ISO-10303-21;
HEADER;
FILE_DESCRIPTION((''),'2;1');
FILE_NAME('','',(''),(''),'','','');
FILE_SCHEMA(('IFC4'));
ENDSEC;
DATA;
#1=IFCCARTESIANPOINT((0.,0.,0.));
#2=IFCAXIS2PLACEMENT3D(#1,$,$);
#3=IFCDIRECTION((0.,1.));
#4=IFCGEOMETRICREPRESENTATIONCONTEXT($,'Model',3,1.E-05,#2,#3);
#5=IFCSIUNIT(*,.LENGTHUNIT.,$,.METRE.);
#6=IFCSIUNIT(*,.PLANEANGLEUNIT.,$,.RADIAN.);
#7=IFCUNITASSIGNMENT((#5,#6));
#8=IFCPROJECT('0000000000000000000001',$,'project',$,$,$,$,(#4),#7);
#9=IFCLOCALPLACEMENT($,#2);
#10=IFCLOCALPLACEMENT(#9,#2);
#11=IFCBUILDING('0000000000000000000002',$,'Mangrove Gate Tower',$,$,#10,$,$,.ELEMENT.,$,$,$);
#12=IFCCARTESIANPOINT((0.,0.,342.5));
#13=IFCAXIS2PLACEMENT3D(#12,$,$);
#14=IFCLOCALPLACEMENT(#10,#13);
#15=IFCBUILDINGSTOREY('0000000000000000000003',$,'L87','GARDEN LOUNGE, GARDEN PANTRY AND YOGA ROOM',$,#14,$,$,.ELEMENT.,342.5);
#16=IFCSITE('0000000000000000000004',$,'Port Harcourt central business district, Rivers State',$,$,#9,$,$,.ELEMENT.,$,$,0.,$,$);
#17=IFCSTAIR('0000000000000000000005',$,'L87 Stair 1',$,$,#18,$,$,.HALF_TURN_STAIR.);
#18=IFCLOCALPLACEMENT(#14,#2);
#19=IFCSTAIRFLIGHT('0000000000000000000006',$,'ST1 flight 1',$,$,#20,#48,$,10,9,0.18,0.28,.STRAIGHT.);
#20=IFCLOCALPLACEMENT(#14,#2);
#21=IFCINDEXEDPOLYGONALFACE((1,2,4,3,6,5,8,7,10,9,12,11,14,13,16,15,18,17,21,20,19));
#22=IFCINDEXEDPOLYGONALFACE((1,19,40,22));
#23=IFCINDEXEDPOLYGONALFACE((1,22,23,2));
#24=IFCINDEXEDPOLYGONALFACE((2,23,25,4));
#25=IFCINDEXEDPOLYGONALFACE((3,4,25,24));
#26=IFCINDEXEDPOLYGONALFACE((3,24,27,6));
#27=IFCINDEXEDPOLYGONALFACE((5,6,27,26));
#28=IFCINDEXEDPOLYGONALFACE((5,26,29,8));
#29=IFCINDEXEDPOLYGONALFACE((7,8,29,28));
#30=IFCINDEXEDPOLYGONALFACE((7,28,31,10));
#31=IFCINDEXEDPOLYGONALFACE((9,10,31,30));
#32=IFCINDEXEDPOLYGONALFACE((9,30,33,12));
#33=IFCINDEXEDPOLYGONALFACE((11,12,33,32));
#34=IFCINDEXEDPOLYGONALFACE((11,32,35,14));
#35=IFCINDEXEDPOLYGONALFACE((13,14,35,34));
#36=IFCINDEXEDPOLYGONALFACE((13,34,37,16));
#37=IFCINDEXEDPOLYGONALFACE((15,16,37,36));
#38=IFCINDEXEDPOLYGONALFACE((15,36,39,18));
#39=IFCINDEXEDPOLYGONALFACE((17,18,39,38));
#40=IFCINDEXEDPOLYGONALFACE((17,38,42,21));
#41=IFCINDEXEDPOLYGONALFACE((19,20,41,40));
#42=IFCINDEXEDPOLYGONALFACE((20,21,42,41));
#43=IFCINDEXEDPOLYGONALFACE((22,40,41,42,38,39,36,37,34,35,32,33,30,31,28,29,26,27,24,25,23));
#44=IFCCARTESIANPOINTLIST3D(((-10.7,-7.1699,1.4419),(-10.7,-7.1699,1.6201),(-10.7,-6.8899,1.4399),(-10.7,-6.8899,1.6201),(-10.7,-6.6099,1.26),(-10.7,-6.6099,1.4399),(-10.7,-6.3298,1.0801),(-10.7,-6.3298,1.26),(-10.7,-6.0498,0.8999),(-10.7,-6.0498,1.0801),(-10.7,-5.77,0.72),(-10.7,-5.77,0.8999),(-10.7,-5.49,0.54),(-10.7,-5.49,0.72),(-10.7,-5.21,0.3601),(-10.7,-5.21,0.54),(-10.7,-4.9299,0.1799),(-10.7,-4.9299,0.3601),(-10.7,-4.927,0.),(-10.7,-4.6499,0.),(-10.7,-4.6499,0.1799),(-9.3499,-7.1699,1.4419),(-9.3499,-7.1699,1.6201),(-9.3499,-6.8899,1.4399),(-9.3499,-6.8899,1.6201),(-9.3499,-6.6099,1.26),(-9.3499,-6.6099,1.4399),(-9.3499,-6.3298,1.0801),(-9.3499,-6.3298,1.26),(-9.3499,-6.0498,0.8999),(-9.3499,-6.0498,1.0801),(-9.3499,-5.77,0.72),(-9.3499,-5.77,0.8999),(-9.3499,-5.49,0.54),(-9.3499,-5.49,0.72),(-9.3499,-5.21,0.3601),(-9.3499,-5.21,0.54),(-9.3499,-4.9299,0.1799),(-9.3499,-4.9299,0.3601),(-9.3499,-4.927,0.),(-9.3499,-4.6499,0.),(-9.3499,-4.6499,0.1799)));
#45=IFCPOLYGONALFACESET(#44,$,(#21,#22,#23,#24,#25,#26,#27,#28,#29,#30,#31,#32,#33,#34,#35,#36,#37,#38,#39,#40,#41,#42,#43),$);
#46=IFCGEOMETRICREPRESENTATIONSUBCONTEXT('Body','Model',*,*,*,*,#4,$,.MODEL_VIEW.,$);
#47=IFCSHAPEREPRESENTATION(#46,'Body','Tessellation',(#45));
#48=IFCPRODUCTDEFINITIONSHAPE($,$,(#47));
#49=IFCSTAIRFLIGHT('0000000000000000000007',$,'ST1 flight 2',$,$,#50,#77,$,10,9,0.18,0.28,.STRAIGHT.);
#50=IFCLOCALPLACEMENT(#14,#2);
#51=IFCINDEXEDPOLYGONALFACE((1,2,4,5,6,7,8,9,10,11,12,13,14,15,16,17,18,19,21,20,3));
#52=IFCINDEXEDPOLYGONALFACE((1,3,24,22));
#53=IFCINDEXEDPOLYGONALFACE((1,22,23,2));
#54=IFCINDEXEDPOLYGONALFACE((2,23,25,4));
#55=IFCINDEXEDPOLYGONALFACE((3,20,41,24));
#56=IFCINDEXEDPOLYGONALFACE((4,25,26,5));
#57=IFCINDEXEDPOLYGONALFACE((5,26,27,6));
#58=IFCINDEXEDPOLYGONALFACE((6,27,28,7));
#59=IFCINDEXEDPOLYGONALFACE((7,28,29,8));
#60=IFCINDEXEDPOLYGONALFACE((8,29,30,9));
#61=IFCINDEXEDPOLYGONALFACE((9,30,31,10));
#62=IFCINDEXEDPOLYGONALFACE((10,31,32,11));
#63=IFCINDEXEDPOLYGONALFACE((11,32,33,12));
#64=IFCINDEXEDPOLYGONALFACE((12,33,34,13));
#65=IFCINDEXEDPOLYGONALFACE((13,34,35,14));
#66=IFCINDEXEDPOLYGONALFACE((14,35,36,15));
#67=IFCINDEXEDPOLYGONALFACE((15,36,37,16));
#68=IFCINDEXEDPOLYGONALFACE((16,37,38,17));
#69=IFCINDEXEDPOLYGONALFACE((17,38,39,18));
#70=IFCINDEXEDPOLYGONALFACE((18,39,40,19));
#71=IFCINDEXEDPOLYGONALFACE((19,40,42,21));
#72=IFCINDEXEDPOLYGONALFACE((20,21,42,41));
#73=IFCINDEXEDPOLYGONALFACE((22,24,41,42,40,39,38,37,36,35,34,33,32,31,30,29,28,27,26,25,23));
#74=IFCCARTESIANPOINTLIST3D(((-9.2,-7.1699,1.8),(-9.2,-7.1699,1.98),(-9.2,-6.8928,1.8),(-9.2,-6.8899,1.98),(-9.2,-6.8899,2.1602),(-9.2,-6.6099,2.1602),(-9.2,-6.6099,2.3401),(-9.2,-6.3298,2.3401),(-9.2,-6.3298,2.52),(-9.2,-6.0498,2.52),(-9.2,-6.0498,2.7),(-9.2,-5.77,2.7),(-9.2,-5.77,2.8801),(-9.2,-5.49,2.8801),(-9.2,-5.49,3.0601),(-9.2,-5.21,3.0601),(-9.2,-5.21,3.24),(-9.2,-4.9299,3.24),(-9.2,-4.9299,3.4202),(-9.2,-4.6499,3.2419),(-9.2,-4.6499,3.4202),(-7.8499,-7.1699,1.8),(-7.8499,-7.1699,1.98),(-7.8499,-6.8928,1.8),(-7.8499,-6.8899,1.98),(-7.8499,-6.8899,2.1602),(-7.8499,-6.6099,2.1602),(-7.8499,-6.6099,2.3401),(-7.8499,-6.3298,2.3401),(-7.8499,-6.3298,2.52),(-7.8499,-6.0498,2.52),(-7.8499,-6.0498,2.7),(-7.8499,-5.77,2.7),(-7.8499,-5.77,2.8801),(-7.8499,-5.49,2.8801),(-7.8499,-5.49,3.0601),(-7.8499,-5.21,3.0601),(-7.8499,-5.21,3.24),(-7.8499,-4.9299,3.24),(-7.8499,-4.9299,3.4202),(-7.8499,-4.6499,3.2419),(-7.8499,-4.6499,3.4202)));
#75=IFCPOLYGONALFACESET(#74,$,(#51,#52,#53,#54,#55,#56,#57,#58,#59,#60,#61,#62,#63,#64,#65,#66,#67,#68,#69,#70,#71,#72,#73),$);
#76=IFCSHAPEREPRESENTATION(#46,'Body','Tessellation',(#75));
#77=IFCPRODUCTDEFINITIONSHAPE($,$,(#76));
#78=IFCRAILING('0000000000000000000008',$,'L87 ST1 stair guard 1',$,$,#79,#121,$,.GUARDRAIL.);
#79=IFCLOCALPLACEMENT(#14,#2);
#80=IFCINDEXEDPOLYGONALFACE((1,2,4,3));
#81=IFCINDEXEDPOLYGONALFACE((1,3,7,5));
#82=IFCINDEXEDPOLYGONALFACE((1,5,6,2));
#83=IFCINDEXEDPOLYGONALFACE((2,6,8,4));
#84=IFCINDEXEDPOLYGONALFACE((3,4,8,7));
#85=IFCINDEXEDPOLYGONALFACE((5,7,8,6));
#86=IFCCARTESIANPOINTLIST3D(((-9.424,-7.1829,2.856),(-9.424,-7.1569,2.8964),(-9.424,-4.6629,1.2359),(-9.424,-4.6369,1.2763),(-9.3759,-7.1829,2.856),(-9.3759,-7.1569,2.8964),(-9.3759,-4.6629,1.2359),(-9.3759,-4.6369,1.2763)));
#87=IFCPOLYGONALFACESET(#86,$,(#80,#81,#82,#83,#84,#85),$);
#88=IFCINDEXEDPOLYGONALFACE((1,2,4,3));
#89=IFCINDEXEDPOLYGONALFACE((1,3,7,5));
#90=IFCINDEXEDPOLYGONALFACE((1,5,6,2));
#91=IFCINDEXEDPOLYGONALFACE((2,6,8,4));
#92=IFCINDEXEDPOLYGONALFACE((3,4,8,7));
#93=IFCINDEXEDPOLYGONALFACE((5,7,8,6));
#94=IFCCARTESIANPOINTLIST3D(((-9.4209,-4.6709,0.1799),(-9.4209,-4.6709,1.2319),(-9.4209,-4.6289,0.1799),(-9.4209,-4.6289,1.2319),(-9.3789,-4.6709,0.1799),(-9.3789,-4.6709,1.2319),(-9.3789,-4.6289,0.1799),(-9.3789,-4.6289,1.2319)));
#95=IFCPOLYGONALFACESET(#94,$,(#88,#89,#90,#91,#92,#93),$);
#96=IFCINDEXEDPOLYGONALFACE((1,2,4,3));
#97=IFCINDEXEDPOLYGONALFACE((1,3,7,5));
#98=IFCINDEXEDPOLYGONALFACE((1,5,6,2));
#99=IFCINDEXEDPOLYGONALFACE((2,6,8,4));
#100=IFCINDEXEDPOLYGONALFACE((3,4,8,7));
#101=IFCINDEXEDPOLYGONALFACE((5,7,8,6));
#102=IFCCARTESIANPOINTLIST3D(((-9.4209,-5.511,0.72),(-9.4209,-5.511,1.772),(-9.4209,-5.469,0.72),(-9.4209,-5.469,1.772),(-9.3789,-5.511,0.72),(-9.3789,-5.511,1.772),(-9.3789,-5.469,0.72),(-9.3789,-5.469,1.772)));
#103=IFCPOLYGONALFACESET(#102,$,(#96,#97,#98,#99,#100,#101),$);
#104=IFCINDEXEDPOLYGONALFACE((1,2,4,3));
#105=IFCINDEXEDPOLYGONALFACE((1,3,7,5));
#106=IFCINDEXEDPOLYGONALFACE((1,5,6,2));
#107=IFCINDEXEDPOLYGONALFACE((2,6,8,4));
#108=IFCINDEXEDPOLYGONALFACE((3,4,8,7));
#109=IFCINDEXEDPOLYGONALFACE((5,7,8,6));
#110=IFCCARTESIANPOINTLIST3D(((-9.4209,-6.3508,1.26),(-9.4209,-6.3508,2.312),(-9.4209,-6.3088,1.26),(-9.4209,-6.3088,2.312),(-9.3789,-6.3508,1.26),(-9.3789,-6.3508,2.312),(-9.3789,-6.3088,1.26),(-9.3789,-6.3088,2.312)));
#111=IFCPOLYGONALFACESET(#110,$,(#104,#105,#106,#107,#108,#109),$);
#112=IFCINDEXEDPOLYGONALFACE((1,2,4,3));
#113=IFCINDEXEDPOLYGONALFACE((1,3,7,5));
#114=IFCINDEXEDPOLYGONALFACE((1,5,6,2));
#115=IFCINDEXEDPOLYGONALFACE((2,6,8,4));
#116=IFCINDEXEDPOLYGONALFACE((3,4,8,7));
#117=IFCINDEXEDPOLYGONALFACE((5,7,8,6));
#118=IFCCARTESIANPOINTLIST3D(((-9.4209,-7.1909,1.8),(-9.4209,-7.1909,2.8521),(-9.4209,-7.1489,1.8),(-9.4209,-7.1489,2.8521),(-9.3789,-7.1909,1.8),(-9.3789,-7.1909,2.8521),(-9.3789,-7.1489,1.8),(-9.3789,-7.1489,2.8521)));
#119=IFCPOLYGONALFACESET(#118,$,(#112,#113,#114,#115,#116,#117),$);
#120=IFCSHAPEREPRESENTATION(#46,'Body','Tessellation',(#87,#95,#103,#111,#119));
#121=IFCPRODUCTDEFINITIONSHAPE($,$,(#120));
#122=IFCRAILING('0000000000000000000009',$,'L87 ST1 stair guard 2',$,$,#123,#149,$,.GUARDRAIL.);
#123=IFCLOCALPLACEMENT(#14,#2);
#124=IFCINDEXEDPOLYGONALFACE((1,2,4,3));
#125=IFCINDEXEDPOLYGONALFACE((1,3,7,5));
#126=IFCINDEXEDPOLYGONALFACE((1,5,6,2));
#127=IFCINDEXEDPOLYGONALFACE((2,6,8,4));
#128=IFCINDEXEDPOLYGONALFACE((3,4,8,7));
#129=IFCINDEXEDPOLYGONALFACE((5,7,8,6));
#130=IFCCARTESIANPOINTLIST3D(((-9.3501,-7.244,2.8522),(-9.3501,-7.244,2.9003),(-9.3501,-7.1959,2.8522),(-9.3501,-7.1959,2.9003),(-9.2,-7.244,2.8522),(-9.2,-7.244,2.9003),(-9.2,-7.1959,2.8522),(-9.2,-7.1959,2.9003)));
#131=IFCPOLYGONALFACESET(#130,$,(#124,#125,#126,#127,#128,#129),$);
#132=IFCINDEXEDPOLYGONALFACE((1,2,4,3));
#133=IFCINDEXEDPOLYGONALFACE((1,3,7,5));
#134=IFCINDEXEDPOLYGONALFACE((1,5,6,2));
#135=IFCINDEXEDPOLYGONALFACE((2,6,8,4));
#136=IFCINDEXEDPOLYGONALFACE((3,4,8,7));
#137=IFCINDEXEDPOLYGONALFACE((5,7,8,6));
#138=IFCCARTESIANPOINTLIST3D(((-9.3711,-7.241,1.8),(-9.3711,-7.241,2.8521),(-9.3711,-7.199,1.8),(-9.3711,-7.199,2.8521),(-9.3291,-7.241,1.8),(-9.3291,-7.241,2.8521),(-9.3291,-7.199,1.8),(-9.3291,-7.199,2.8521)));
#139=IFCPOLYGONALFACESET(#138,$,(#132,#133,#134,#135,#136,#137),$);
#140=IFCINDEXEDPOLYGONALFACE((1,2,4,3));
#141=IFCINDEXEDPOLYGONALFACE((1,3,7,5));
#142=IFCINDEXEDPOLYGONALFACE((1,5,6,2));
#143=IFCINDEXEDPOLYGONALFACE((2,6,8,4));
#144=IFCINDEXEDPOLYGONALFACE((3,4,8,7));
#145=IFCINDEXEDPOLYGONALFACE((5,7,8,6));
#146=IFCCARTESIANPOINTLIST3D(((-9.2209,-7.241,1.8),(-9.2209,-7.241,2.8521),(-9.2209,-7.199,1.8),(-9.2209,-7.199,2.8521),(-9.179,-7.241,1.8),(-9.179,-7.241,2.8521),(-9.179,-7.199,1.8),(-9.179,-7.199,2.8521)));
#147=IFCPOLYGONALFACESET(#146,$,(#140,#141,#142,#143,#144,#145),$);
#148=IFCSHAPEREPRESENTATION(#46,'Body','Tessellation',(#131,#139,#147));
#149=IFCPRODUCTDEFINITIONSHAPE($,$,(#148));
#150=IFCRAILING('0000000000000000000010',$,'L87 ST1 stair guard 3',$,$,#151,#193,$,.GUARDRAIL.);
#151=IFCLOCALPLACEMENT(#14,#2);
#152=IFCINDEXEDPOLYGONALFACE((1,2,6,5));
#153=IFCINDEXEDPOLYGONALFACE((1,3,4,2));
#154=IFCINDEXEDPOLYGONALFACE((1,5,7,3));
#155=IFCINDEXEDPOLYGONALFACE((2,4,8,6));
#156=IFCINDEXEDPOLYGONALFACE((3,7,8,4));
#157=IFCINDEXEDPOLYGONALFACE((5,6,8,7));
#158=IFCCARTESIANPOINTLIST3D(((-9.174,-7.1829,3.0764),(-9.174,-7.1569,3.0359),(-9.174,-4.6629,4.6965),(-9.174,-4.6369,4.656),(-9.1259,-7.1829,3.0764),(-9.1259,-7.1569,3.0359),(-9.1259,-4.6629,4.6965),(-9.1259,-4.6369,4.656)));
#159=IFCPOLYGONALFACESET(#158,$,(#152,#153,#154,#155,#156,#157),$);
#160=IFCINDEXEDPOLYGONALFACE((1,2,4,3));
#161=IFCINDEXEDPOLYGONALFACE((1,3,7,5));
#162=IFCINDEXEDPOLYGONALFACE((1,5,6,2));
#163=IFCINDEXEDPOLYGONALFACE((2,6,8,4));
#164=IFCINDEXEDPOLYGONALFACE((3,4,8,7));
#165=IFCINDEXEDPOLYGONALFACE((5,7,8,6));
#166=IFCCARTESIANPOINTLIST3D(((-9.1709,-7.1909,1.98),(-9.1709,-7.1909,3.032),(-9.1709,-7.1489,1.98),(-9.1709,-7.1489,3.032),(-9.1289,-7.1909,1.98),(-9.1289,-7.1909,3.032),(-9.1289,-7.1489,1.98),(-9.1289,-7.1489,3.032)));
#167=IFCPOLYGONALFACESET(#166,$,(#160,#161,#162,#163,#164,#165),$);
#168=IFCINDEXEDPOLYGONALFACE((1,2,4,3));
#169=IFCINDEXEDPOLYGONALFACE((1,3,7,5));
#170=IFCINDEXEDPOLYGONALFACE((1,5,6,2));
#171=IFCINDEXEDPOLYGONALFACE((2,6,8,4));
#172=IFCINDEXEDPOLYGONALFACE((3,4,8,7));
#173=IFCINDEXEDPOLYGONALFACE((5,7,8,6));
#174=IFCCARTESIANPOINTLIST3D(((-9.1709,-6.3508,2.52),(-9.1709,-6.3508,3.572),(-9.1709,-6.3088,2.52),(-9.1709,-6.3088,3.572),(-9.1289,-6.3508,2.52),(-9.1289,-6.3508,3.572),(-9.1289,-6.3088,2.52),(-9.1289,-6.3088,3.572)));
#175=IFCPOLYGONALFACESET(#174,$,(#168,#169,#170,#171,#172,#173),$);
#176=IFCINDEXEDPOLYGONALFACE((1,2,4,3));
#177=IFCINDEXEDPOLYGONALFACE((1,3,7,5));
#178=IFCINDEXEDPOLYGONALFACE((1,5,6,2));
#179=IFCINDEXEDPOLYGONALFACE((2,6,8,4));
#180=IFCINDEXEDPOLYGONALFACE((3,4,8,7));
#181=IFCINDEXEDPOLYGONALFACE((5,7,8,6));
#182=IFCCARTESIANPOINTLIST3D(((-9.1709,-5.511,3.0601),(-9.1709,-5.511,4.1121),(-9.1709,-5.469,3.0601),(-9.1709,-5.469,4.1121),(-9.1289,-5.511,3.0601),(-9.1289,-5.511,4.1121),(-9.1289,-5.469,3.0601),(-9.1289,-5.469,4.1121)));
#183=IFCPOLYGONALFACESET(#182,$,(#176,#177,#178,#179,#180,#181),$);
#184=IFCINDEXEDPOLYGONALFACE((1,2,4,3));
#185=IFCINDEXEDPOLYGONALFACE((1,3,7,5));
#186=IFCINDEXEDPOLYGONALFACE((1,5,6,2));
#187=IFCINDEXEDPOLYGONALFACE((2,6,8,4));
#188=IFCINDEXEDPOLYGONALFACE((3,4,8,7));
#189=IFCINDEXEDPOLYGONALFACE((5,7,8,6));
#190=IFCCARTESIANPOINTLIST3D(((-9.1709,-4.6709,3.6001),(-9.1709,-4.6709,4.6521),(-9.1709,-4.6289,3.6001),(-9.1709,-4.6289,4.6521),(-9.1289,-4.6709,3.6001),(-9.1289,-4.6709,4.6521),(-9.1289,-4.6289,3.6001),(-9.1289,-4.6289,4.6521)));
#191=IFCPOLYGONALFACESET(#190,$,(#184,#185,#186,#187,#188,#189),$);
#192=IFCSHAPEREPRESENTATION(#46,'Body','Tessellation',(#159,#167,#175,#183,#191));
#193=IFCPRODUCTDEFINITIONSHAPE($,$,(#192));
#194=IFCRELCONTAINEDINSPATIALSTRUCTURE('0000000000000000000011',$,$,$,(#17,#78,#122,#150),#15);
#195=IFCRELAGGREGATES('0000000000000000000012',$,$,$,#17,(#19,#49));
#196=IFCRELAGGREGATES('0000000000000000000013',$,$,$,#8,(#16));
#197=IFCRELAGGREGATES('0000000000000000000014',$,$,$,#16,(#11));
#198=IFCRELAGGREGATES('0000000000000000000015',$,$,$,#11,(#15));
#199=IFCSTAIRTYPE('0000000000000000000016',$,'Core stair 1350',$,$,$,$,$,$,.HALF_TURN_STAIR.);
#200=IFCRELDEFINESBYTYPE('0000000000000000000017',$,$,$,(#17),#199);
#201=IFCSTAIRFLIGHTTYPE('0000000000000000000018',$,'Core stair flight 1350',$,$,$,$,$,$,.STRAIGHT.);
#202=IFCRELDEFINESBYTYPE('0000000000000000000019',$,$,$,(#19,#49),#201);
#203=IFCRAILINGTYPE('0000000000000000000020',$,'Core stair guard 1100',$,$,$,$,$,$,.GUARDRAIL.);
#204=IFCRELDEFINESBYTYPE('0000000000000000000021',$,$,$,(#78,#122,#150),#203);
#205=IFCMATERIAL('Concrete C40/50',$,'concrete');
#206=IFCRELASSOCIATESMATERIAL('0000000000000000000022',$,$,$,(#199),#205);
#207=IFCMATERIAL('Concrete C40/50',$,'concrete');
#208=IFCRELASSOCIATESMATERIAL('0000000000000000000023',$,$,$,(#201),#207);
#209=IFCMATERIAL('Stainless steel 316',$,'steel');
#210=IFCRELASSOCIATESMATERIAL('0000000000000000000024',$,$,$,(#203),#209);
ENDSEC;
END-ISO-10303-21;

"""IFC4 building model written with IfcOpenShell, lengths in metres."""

from ifc_helpers import new_model, si_unit, direction, frame, origin, origin_2d, place, context, subcontext, project, spatial, polyline, rectangle, outline, extrude, material, type_object, element, aggregate, save


model = new_model("IFC4")

# Units and contexts
model_context = context("Model", 3, precision=1e-05, world=origin(), true_north=direction((0.0, 1.0)))
body_context = subcontext(model_context, "Body", "Model", "MODEL_VIEW")
ifc_project = project(units=[si_unit("LENGTHUNIT", "METRE"), si_unit("PLANEANGLEUNIT", "RADIAN")], contexts=[model_context])

# Site, building, storey
site_placement = place(None, origin())
site = spatial("IfcSite", under=ifc_project, at=site_placement, Name="Port Harcourt central business district, Rivers State", CompositionType="ELEMENT", RefElevation=0.0)
building_placement = place(site_placement, origin())
building = spatial("IfcBuilding", under=site, at=building_placement, Name="Mangrove Gate Tower", CompositionType="ELEMENT")
storey_placement = place(building_placement, frame((0.0, 0.0, 342.5)))
storey = spatial("IfcBuildingStorey", under=building, at=storey_placement, Name="L87", Description="GARDEN LOUNGE, GARDEN PANTRY AND YOGA ROOM", CompositionType="ELEMENT", Elevation=342.5)

# Stair, stair flights
ifc_material_1 = material(Name="Concrete C40/50", Category="concrete")
stair_type = type_object("IfcStairType", Name="Core stair 1350", PredefinedType="HALF_TURN_STAIR", material=ifc_material_1)
stair_placement = place(storey_placement, origin())
stair = element("IfcStair", 1, at=stair_placement, inside=storey, type_object=stair_type, Name="L87 Stair 1", PredefinedType="HALF_TURN_STAIR")
ifc_material_2 = material(Name="Concrete C40/50", Category="concrete")
stair_flight_type = type_object("IfcStairFlightType", Name="Core stair flight 1350", PredefinedType="STRAIGHT", material=ifc_material_2)
stair_flight_1_placement = place(storey_placement, frame((-10.0249, -4.6499, 0.0), z_axis=(0.0, 0.0, 1.0), x_axis=(0.0, -1.0, 0.0)))
stair_flight_1 = element("IfcStairFlight", 2, at=stair_flight_1_placement, type_object=stair_flight_type, Name="ST1 flight 1", NumberOfRisers=10, NumberOfTreads=9, PredefinedType="STRAIGHT", RiserHeight=0.18, TreadLength=0.28, context=body_context, shape_type="SweptSolid", body=[
    extrude(outline(polyline([(0.0, 0.0), (0.0, 0.1799), (0.28, 0.1799), (0.28, 0.3601), (0.5601, 0.3601), (0.5601, 0.54), (0.8401, 0.54), (0.8401, 0.72), (1.1201, 0.72), (1.1201, 0.8999), (1.3999, 0.8999), (1.3999, 1.0801), (1.6799, 1.0801), (1.6799, 1.26), (1.96, 1.26), (1.96, 1.4399), (2.24, 1.4399), (2.24, 1.6201), (2.52, 1.6201), (2.52, 1.8), (2.52, 1.4419), (0.2771, 0.0), (0.0, 0.0)])), frame((0.0, 0.675, 0.0), z_axis=(0.0, -1.0, 0.0), x_axis=(1.0, 0.0, 0.0)), (0.0, 0.0, 1.0), 1.3501),
])
stair_flight_2_placement = place(storey_placement, frame((-8.5249, -7.1699, 1.8), z_axis=(0.0, 0.0, 1.0), x_axis=(0.0, 1.0, 0.0)))
stair_flight_2 = element("IfcStairFlight", 3, at=stair_flight_2_placement, type_object=stair_flight_type, Name="ST1 flight 2", NumberOfRisers=10, NumberOfTreads=9, PredefinedType="STRAIGHT", RiserHeight=0.18, TreadLength=0.28, context=body_context, shape_type="SweptSolid", body=[
    extrude(outline(polyline([(0.0, 0.0), (0.0, 0.1799), (0.28, 0.1799), (0.28, 0.3601), (0.5601, 0.3601), (0.5601, 0.54), (0.8401, 0.54), (0.8401, 0.72), (1.1201, 0.72), (1.1201, 0.8999), (1.3999, 0.8999), (1.3999, 1.0801), (1.6799, 1.0801), (1.6799, 1.26), (1.96, 1.26), (1.96, 1.4399), (2.24, 1.4399), (2.24, 1.6201), (2.52, 1.6201), (2.52, 1.8), (2.52, 1.4419), (0.2771, 0.0), (0.0, 0.0)])), frame((0.0, 0.675, 0.0), z_axis=(0.0, -1.0, 0.0), x_axis=(1.0, 0.0, 0.0)), (0.0, 0.0, 1.0), 1.3501),
])
aggregate(stair, [stair_flight_1, stair_flight_2])

# Railings
ifc_material_3 = material(Name="Stainless steel 316", Category="steel")
railing_type_1 = type_object("IfcRailingType", Name="Core stair guard 1100", PredefinedType="GUARDRAIL", material=ifc_material_3)
railing_1_placement = place(storey_placement, frame((-9.3999, -4.6499, 0.1799)))
element("IfcRailing", 4, at=railing_1_placement, inside=storey, type_object=railing_type_1, Name="L87 ST1 stair guard 1", PredefinedType="GUARDRAIL", context=body_context, shape_type="SweptSolid", body=[
    extrude(rectangle(XDim=0.0481, YDim=0.0481, at=origin_2d()), frame((0.0, 0.0, 1.0762), z_axis=(0.0, -0.841163, 0.540782), x_axis=(1.0, 0.0, 0.0)), (0.0, 0.0, 1.0), 2.9958),
    extrude(rectangle(XDim=0.042, YDim=0.042, at=origin_2d()), origin(), (0.0, 0.0, 1.0), 1.052),
    extrude(rectangle(XDim=0.042, YDim=0.042, at=origin_2d()), frame((0.0, -0.8401, 0.54)), (0.0, 0.0, 1.0), 1.052),
    extrude(rectangle(XDim=0.042, YDim=0.042, at=origin_2d()), frame((0.0, -1.6799, 1.0801)), (0.0, 0.0, 1.0), 1.052),
    extrude(rectangle(XDim=0.042, YDim=0.042, at=origin_2d()), frame((0.0, -2.52, 1.6201)), (0.0, 0.0, 1.0), 1.052),
])
railing_2_placement = place(storey_placement, frame((-9.3501, -7.22, 1.8)))
element("IfcRailing", 5, at=railing_2_placement, inside=storey, type_object=railing_type_1, Name="L87 ST1 stair guard 2", PredefinedType="GUARDRAIL", context=body_context, shape_type="SweptSolid", body=[
    extrude(rectangle(XDim=0.0481, YDim=0.0481, at=origin_2d()), frame((0.0, 0.0, 1.0762), z_axis=(1.0, 0.0, 0.0), x_axis=(0.0, 1.0, 0.0)), (0.0, 0.0, 1.0), 0.1501),
    extrude(rectangle(XDim=0.042, YDim=0.042, at=origin_2d()), origin(), (0.0, 0.0, 1.0), 1.052),
    extrude(rectangle(XDim=0.042, YDim=0.042, at=origin_2d()), frame((0.1501, 0.0, 0.0)), (0.0, 0.0, 1.0), 1.052),
])
railing_3_placement = place(storey_placement, frame((-9.1499, -7.1699, 1.98)))
element("IfcRailing", 6, at=railing_3_placement, inside=storey, type_object=railing_type_1, Name="L87 ST1 stair guard 3", PredefinedType="GUARDRAIL", context=body_context, shape_type="SweptSolid", body=[
    extrude(rectangle(XDim=0.0481, YDim=0.0481, at=origin_2d()), frame((0.0, 0.0, 1.0762), z_axis=(0.0, 0.841163, 0.540782), x_axis=(-1.0, 0.0, 0.0)), (0.0, 0.0, 1.0), 2.9958),
    extrude(rectangle(XDim=0.042, YDim=0.042, at=origin_2d()), origin(), (0.0, 0.0, 1.0), 1.052),
    extrude(rectangle(XDim=0.042, YDim=0.042, at=origin_2d()), frame((0.0, 0.8401, 0.54)), (0.0, 0.0, 1.0), 1.052),
    extrude(rectangle(XDim=0.042, YDim=0.042, at=origin_2d()), frame((0.0, 1.6799, 1.0801)), (0.0, 0.0, 1.0), 1.052),
    extrude(rectangle(XDim=0.042, YDim=0.042, at=origin_2d()), frame((0.0, 2.52, 1.6201)), (0.0, 0.0, 1.0), 1.052),
])

save(model, "model.ifc")
